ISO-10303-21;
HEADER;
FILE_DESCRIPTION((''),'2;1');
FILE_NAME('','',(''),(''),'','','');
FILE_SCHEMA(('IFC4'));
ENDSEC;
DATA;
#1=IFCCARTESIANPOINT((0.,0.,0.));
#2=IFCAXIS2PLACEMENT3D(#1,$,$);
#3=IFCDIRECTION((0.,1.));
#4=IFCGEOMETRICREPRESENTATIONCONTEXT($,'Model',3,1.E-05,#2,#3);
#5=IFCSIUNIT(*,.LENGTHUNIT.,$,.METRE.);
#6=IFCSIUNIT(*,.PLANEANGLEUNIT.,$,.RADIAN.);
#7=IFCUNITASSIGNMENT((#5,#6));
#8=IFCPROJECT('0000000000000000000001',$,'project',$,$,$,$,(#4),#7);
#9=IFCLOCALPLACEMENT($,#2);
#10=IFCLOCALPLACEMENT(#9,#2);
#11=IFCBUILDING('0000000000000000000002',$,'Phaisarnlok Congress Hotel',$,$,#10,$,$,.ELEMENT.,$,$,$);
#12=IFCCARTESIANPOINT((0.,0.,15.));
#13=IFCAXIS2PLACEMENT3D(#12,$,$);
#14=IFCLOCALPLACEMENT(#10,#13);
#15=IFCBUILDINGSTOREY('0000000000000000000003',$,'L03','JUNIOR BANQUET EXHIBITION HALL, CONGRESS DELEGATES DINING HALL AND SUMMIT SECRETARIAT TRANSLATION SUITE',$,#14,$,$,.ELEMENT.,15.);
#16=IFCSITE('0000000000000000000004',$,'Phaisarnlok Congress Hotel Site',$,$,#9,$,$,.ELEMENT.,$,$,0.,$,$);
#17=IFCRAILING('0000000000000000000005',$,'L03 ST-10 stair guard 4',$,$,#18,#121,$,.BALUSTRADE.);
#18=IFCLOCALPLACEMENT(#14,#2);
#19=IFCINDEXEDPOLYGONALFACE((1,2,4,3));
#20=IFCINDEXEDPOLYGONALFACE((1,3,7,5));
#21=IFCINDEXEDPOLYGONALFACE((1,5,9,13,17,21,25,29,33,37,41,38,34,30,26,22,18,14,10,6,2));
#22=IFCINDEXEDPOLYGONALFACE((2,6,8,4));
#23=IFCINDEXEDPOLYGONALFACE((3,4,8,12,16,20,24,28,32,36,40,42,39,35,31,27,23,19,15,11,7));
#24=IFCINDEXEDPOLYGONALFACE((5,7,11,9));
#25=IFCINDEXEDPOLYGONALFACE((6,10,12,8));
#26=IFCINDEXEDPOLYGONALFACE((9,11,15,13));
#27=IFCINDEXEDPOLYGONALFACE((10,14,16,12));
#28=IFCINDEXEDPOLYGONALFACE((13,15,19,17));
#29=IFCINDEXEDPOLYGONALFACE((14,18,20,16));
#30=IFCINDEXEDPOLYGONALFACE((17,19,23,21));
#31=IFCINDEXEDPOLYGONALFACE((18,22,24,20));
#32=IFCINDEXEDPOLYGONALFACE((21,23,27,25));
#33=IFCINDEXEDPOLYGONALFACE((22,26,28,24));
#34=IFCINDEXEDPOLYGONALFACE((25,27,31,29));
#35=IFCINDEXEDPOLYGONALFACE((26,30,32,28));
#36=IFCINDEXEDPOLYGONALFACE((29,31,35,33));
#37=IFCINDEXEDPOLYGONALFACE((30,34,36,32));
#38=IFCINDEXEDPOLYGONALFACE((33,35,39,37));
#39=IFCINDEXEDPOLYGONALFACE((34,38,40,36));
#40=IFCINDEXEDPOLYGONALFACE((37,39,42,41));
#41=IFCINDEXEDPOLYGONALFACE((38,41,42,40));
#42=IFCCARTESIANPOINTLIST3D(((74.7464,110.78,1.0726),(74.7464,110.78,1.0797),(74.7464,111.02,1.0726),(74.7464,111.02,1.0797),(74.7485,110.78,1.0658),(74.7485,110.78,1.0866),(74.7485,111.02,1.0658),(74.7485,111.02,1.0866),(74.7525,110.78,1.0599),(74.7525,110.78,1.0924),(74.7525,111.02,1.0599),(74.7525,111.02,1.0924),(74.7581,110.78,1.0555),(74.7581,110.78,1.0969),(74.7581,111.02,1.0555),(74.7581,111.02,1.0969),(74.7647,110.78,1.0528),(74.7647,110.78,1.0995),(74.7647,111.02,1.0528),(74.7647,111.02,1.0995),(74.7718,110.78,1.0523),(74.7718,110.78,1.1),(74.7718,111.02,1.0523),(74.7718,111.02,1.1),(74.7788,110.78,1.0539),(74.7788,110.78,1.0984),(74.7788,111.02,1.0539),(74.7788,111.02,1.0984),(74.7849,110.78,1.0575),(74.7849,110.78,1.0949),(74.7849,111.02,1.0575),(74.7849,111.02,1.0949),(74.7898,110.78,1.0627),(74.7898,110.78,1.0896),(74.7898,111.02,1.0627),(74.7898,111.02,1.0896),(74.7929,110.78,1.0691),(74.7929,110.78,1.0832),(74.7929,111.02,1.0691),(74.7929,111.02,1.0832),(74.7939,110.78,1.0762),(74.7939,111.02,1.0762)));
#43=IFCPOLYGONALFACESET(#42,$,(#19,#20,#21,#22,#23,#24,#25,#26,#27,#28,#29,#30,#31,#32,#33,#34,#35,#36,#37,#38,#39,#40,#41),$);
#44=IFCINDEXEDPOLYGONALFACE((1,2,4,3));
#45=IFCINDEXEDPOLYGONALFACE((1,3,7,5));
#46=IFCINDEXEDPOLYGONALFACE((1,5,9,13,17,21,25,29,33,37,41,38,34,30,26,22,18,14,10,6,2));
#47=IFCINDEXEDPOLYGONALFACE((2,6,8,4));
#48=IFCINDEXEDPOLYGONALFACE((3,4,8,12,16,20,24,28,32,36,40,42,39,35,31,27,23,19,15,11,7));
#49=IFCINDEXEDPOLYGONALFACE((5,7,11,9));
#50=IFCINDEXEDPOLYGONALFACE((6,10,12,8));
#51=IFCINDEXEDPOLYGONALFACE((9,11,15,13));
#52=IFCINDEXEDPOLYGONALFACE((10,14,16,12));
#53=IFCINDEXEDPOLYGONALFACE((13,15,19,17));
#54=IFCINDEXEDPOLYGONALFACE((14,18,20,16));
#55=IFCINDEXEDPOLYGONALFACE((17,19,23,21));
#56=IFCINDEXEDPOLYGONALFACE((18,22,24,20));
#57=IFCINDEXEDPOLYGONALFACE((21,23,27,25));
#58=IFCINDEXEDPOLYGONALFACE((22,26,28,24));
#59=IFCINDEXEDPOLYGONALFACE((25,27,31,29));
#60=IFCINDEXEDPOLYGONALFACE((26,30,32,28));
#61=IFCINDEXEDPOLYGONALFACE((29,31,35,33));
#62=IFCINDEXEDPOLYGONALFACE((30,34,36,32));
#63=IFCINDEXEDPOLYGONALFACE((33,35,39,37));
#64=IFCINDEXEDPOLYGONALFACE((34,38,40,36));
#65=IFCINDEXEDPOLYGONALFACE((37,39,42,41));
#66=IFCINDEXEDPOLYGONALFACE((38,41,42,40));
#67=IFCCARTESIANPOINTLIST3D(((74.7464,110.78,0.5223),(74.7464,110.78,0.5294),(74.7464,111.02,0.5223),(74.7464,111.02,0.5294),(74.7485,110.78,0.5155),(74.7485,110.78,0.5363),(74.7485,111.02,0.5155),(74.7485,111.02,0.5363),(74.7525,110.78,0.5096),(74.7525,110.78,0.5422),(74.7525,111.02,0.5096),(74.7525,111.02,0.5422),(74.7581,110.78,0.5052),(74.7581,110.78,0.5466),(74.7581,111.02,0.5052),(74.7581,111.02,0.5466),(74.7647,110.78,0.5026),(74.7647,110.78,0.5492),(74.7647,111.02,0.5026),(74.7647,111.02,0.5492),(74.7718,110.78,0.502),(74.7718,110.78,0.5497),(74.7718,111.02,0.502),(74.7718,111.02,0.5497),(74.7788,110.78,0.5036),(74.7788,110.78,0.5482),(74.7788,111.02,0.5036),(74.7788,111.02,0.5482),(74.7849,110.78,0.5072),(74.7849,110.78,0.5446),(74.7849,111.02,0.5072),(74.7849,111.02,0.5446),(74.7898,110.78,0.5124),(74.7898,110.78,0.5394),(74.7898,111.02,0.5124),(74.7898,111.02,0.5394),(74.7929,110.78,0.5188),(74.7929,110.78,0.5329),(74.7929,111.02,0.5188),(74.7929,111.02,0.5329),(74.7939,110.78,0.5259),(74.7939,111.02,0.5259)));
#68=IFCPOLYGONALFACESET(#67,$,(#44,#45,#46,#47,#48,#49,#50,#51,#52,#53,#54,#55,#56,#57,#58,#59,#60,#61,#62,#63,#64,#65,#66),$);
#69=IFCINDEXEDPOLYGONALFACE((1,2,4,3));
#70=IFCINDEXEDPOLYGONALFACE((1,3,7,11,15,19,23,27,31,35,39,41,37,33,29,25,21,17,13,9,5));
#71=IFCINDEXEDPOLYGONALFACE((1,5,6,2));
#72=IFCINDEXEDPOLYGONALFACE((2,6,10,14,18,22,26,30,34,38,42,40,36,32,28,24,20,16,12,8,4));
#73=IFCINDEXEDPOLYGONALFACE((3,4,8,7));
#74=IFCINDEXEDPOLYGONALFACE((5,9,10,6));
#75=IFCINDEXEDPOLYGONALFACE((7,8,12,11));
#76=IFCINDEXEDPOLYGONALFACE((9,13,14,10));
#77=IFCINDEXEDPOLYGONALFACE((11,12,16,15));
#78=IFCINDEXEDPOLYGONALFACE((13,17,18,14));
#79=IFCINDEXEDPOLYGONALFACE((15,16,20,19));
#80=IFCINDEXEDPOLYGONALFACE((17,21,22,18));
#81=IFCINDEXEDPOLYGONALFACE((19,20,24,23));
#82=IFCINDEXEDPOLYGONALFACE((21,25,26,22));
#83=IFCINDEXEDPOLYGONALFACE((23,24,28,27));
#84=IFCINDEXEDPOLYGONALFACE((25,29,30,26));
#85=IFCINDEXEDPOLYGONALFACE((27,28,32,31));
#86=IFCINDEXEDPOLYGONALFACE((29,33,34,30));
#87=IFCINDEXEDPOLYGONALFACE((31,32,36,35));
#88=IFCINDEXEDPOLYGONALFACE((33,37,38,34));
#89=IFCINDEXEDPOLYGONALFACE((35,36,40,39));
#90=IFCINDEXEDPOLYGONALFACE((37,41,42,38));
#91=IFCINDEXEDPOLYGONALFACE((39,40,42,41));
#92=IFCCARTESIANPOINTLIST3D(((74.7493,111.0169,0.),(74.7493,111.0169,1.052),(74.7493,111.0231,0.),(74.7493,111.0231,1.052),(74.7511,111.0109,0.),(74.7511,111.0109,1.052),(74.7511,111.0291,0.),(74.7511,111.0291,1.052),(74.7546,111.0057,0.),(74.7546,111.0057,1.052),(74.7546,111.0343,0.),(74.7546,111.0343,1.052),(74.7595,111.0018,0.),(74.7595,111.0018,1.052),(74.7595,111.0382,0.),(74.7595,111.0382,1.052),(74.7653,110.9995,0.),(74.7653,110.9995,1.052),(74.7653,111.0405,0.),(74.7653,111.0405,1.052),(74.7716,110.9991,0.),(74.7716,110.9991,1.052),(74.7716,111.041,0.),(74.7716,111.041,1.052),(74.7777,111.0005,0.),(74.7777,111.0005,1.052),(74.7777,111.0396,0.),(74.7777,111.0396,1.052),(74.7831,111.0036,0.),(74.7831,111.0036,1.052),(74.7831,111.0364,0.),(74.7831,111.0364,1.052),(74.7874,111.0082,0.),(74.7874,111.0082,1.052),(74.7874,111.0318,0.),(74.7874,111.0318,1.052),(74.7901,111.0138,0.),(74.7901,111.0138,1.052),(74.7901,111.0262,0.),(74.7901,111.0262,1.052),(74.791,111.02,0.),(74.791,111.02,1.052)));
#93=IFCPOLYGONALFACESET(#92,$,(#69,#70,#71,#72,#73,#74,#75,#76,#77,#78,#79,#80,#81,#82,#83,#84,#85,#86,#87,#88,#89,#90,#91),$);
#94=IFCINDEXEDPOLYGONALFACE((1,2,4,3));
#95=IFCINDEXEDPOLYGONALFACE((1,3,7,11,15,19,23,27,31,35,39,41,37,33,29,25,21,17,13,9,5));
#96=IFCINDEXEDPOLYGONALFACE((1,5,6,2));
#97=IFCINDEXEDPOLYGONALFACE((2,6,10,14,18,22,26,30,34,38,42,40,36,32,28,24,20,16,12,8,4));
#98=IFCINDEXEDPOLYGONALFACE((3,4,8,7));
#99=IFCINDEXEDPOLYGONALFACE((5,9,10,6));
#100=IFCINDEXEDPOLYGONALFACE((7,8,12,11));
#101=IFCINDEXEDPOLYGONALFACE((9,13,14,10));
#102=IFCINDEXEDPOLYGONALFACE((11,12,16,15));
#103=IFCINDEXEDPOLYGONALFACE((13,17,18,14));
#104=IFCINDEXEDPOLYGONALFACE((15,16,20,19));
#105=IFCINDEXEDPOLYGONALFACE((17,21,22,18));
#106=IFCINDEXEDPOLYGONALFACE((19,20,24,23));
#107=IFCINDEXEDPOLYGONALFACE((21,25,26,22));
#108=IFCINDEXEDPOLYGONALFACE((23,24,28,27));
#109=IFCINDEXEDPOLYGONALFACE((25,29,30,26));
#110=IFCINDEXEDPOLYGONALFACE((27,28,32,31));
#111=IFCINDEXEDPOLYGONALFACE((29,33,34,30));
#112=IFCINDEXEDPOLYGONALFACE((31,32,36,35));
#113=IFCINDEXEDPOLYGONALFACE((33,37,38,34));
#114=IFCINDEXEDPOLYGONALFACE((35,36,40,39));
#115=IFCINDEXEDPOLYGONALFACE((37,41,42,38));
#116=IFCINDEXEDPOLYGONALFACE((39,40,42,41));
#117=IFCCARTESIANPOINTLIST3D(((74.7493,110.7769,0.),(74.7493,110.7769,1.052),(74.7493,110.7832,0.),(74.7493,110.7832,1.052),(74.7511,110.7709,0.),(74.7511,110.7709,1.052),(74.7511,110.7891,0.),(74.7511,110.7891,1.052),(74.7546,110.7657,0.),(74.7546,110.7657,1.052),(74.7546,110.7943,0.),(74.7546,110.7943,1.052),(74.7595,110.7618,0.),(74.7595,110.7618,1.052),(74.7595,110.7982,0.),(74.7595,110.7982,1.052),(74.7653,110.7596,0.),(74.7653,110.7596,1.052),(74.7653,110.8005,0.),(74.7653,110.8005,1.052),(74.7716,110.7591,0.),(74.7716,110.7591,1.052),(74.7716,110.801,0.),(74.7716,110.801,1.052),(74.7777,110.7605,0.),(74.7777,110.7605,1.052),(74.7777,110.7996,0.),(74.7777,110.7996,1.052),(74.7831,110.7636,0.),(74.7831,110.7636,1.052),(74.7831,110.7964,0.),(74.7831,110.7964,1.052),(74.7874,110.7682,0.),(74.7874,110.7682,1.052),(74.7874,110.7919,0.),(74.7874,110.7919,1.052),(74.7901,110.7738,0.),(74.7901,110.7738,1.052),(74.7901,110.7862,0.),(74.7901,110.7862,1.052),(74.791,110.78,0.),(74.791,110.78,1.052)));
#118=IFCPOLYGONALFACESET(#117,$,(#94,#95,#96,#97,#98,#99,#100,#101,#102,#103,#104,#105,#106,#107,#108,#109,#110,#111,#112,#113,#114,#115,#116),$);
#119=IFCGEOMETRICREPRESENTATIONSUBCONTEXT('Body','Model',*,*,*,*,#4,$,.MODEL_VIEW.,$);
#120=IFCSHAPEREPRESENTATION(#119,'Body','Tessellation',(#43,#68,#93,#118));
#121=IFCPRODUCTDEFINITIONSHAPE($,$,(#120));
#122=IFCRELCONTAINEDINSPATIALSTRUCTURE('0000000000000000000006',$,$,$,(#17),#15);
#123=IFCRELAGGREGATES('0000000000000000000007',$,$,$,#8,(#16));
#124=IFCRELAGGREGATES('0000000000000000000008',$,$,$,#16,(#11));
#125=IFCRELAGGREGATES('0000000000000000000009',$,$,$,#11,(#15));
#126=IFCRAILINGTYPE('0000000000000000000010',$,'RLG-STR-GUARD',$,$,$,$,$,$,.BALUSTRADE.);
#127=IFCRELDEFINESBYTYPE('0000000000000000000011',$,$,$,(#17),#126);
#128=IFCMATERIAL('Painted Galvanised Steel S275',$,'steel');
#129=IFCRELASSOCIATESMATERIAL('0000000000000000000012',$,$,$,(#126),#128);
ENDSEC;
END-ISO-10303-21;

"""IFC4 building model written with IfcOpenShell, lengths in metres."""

from ifc_helpers import new_model, si_unit, direction, frame, origin, origin_2d, place, context, subcontext, project, spatial, circle, extrude, material, type_object, element, save


model = new_model("IFC4")

# Units and contexts
model_context = context("Model", 3, precision=1e-05, world=origin(), true_north=direction((0.0, 1.0)))
body_context = subcontext(model_context, "Body", "Model", "MODEL_VIEW")
ifc_project = project(units=[si_unit("LENGTHUNIT", "METRE"), si_unit("PLANEANGLEUNIT", "RADIAN")], contexts=[model_context])

# Site, building, storey
site_placement = place(None, origin())
site = spatial("IfcSite", under=ifc_project, at=site_placement, Name="Phaisarnlok Congress Hotel Site", CompositionType="ELEMENT", RefElevation=0.0)
building_placement = place(site_placement, origin())
building = spatial("IfcBuilding", under=site, at=building_placement, Name="Phaisarnlok Congress Hotel", CompositionType="ELEMENT")
storey_placement = place(building_placement, frame((0.0, 0.0, 15.0)))
storey = spatial("IfcBuildingStorey", under=building, at=storey_placement, Name="L03", Description="JUNIOR BANQUET EXHIBITION HALL, CONGRESS DELEGATES DINING HALL AND SUMMIT SECRETARIAT TRANSLATION SUITE", CompositionType="ELEMENT", Elevation=15.0)

# Railing
ifc_material_1 = material(Name="Painted Galvanised Steel S275", Category="steel")
railing_type_1 = type_object("IfcRailingType", Name="RLG-STR-GUARD", PredefinedType="BALUSTRADE", material=ifc_material_1)
railing_1_placement = place(storey_placement, frame((74.77, 111.02, 0.0)))
element("IfcRailing", 1, at=railing_1_placement, inside=storey, type_object=railing_type_1, Name="L03 ST-10 stair guard 4", PredefinedType="BALUSTRADE", context=body_context, shape_type="SweptSolid", body=[
    extrude(circle(Radius=0.0239, at=origin_2d()), frame((0.0, 0.0, 1.0762), z_axis=(0.0, -1.0, 0.0), x_axis=(1.0, 0.0, 0.0)), (0.0, 0.0, 1.0), 0.24),
    extrude(circle(Radius=0.0239, at=origin_2d()), frame((0.0, 0.0, 0.5259), z_axis=(0.0, -1.0, 0.0), x_axis=(1.0, 0.0, 0.0)), (0.0, 0.0, 1.0), 0.24),
    extrude(circle(Radius=0.021, at=origin_2d()), origin(), (0.0, 0.0, 1.0), 1.052),
    extrude(circle(Radius=0.021, at=origin_2d()), frame((0.0, -0.24, 0.0)), (0.0, 0.0, 1.0), 1.052),
])

save(model, "model.ifc")
